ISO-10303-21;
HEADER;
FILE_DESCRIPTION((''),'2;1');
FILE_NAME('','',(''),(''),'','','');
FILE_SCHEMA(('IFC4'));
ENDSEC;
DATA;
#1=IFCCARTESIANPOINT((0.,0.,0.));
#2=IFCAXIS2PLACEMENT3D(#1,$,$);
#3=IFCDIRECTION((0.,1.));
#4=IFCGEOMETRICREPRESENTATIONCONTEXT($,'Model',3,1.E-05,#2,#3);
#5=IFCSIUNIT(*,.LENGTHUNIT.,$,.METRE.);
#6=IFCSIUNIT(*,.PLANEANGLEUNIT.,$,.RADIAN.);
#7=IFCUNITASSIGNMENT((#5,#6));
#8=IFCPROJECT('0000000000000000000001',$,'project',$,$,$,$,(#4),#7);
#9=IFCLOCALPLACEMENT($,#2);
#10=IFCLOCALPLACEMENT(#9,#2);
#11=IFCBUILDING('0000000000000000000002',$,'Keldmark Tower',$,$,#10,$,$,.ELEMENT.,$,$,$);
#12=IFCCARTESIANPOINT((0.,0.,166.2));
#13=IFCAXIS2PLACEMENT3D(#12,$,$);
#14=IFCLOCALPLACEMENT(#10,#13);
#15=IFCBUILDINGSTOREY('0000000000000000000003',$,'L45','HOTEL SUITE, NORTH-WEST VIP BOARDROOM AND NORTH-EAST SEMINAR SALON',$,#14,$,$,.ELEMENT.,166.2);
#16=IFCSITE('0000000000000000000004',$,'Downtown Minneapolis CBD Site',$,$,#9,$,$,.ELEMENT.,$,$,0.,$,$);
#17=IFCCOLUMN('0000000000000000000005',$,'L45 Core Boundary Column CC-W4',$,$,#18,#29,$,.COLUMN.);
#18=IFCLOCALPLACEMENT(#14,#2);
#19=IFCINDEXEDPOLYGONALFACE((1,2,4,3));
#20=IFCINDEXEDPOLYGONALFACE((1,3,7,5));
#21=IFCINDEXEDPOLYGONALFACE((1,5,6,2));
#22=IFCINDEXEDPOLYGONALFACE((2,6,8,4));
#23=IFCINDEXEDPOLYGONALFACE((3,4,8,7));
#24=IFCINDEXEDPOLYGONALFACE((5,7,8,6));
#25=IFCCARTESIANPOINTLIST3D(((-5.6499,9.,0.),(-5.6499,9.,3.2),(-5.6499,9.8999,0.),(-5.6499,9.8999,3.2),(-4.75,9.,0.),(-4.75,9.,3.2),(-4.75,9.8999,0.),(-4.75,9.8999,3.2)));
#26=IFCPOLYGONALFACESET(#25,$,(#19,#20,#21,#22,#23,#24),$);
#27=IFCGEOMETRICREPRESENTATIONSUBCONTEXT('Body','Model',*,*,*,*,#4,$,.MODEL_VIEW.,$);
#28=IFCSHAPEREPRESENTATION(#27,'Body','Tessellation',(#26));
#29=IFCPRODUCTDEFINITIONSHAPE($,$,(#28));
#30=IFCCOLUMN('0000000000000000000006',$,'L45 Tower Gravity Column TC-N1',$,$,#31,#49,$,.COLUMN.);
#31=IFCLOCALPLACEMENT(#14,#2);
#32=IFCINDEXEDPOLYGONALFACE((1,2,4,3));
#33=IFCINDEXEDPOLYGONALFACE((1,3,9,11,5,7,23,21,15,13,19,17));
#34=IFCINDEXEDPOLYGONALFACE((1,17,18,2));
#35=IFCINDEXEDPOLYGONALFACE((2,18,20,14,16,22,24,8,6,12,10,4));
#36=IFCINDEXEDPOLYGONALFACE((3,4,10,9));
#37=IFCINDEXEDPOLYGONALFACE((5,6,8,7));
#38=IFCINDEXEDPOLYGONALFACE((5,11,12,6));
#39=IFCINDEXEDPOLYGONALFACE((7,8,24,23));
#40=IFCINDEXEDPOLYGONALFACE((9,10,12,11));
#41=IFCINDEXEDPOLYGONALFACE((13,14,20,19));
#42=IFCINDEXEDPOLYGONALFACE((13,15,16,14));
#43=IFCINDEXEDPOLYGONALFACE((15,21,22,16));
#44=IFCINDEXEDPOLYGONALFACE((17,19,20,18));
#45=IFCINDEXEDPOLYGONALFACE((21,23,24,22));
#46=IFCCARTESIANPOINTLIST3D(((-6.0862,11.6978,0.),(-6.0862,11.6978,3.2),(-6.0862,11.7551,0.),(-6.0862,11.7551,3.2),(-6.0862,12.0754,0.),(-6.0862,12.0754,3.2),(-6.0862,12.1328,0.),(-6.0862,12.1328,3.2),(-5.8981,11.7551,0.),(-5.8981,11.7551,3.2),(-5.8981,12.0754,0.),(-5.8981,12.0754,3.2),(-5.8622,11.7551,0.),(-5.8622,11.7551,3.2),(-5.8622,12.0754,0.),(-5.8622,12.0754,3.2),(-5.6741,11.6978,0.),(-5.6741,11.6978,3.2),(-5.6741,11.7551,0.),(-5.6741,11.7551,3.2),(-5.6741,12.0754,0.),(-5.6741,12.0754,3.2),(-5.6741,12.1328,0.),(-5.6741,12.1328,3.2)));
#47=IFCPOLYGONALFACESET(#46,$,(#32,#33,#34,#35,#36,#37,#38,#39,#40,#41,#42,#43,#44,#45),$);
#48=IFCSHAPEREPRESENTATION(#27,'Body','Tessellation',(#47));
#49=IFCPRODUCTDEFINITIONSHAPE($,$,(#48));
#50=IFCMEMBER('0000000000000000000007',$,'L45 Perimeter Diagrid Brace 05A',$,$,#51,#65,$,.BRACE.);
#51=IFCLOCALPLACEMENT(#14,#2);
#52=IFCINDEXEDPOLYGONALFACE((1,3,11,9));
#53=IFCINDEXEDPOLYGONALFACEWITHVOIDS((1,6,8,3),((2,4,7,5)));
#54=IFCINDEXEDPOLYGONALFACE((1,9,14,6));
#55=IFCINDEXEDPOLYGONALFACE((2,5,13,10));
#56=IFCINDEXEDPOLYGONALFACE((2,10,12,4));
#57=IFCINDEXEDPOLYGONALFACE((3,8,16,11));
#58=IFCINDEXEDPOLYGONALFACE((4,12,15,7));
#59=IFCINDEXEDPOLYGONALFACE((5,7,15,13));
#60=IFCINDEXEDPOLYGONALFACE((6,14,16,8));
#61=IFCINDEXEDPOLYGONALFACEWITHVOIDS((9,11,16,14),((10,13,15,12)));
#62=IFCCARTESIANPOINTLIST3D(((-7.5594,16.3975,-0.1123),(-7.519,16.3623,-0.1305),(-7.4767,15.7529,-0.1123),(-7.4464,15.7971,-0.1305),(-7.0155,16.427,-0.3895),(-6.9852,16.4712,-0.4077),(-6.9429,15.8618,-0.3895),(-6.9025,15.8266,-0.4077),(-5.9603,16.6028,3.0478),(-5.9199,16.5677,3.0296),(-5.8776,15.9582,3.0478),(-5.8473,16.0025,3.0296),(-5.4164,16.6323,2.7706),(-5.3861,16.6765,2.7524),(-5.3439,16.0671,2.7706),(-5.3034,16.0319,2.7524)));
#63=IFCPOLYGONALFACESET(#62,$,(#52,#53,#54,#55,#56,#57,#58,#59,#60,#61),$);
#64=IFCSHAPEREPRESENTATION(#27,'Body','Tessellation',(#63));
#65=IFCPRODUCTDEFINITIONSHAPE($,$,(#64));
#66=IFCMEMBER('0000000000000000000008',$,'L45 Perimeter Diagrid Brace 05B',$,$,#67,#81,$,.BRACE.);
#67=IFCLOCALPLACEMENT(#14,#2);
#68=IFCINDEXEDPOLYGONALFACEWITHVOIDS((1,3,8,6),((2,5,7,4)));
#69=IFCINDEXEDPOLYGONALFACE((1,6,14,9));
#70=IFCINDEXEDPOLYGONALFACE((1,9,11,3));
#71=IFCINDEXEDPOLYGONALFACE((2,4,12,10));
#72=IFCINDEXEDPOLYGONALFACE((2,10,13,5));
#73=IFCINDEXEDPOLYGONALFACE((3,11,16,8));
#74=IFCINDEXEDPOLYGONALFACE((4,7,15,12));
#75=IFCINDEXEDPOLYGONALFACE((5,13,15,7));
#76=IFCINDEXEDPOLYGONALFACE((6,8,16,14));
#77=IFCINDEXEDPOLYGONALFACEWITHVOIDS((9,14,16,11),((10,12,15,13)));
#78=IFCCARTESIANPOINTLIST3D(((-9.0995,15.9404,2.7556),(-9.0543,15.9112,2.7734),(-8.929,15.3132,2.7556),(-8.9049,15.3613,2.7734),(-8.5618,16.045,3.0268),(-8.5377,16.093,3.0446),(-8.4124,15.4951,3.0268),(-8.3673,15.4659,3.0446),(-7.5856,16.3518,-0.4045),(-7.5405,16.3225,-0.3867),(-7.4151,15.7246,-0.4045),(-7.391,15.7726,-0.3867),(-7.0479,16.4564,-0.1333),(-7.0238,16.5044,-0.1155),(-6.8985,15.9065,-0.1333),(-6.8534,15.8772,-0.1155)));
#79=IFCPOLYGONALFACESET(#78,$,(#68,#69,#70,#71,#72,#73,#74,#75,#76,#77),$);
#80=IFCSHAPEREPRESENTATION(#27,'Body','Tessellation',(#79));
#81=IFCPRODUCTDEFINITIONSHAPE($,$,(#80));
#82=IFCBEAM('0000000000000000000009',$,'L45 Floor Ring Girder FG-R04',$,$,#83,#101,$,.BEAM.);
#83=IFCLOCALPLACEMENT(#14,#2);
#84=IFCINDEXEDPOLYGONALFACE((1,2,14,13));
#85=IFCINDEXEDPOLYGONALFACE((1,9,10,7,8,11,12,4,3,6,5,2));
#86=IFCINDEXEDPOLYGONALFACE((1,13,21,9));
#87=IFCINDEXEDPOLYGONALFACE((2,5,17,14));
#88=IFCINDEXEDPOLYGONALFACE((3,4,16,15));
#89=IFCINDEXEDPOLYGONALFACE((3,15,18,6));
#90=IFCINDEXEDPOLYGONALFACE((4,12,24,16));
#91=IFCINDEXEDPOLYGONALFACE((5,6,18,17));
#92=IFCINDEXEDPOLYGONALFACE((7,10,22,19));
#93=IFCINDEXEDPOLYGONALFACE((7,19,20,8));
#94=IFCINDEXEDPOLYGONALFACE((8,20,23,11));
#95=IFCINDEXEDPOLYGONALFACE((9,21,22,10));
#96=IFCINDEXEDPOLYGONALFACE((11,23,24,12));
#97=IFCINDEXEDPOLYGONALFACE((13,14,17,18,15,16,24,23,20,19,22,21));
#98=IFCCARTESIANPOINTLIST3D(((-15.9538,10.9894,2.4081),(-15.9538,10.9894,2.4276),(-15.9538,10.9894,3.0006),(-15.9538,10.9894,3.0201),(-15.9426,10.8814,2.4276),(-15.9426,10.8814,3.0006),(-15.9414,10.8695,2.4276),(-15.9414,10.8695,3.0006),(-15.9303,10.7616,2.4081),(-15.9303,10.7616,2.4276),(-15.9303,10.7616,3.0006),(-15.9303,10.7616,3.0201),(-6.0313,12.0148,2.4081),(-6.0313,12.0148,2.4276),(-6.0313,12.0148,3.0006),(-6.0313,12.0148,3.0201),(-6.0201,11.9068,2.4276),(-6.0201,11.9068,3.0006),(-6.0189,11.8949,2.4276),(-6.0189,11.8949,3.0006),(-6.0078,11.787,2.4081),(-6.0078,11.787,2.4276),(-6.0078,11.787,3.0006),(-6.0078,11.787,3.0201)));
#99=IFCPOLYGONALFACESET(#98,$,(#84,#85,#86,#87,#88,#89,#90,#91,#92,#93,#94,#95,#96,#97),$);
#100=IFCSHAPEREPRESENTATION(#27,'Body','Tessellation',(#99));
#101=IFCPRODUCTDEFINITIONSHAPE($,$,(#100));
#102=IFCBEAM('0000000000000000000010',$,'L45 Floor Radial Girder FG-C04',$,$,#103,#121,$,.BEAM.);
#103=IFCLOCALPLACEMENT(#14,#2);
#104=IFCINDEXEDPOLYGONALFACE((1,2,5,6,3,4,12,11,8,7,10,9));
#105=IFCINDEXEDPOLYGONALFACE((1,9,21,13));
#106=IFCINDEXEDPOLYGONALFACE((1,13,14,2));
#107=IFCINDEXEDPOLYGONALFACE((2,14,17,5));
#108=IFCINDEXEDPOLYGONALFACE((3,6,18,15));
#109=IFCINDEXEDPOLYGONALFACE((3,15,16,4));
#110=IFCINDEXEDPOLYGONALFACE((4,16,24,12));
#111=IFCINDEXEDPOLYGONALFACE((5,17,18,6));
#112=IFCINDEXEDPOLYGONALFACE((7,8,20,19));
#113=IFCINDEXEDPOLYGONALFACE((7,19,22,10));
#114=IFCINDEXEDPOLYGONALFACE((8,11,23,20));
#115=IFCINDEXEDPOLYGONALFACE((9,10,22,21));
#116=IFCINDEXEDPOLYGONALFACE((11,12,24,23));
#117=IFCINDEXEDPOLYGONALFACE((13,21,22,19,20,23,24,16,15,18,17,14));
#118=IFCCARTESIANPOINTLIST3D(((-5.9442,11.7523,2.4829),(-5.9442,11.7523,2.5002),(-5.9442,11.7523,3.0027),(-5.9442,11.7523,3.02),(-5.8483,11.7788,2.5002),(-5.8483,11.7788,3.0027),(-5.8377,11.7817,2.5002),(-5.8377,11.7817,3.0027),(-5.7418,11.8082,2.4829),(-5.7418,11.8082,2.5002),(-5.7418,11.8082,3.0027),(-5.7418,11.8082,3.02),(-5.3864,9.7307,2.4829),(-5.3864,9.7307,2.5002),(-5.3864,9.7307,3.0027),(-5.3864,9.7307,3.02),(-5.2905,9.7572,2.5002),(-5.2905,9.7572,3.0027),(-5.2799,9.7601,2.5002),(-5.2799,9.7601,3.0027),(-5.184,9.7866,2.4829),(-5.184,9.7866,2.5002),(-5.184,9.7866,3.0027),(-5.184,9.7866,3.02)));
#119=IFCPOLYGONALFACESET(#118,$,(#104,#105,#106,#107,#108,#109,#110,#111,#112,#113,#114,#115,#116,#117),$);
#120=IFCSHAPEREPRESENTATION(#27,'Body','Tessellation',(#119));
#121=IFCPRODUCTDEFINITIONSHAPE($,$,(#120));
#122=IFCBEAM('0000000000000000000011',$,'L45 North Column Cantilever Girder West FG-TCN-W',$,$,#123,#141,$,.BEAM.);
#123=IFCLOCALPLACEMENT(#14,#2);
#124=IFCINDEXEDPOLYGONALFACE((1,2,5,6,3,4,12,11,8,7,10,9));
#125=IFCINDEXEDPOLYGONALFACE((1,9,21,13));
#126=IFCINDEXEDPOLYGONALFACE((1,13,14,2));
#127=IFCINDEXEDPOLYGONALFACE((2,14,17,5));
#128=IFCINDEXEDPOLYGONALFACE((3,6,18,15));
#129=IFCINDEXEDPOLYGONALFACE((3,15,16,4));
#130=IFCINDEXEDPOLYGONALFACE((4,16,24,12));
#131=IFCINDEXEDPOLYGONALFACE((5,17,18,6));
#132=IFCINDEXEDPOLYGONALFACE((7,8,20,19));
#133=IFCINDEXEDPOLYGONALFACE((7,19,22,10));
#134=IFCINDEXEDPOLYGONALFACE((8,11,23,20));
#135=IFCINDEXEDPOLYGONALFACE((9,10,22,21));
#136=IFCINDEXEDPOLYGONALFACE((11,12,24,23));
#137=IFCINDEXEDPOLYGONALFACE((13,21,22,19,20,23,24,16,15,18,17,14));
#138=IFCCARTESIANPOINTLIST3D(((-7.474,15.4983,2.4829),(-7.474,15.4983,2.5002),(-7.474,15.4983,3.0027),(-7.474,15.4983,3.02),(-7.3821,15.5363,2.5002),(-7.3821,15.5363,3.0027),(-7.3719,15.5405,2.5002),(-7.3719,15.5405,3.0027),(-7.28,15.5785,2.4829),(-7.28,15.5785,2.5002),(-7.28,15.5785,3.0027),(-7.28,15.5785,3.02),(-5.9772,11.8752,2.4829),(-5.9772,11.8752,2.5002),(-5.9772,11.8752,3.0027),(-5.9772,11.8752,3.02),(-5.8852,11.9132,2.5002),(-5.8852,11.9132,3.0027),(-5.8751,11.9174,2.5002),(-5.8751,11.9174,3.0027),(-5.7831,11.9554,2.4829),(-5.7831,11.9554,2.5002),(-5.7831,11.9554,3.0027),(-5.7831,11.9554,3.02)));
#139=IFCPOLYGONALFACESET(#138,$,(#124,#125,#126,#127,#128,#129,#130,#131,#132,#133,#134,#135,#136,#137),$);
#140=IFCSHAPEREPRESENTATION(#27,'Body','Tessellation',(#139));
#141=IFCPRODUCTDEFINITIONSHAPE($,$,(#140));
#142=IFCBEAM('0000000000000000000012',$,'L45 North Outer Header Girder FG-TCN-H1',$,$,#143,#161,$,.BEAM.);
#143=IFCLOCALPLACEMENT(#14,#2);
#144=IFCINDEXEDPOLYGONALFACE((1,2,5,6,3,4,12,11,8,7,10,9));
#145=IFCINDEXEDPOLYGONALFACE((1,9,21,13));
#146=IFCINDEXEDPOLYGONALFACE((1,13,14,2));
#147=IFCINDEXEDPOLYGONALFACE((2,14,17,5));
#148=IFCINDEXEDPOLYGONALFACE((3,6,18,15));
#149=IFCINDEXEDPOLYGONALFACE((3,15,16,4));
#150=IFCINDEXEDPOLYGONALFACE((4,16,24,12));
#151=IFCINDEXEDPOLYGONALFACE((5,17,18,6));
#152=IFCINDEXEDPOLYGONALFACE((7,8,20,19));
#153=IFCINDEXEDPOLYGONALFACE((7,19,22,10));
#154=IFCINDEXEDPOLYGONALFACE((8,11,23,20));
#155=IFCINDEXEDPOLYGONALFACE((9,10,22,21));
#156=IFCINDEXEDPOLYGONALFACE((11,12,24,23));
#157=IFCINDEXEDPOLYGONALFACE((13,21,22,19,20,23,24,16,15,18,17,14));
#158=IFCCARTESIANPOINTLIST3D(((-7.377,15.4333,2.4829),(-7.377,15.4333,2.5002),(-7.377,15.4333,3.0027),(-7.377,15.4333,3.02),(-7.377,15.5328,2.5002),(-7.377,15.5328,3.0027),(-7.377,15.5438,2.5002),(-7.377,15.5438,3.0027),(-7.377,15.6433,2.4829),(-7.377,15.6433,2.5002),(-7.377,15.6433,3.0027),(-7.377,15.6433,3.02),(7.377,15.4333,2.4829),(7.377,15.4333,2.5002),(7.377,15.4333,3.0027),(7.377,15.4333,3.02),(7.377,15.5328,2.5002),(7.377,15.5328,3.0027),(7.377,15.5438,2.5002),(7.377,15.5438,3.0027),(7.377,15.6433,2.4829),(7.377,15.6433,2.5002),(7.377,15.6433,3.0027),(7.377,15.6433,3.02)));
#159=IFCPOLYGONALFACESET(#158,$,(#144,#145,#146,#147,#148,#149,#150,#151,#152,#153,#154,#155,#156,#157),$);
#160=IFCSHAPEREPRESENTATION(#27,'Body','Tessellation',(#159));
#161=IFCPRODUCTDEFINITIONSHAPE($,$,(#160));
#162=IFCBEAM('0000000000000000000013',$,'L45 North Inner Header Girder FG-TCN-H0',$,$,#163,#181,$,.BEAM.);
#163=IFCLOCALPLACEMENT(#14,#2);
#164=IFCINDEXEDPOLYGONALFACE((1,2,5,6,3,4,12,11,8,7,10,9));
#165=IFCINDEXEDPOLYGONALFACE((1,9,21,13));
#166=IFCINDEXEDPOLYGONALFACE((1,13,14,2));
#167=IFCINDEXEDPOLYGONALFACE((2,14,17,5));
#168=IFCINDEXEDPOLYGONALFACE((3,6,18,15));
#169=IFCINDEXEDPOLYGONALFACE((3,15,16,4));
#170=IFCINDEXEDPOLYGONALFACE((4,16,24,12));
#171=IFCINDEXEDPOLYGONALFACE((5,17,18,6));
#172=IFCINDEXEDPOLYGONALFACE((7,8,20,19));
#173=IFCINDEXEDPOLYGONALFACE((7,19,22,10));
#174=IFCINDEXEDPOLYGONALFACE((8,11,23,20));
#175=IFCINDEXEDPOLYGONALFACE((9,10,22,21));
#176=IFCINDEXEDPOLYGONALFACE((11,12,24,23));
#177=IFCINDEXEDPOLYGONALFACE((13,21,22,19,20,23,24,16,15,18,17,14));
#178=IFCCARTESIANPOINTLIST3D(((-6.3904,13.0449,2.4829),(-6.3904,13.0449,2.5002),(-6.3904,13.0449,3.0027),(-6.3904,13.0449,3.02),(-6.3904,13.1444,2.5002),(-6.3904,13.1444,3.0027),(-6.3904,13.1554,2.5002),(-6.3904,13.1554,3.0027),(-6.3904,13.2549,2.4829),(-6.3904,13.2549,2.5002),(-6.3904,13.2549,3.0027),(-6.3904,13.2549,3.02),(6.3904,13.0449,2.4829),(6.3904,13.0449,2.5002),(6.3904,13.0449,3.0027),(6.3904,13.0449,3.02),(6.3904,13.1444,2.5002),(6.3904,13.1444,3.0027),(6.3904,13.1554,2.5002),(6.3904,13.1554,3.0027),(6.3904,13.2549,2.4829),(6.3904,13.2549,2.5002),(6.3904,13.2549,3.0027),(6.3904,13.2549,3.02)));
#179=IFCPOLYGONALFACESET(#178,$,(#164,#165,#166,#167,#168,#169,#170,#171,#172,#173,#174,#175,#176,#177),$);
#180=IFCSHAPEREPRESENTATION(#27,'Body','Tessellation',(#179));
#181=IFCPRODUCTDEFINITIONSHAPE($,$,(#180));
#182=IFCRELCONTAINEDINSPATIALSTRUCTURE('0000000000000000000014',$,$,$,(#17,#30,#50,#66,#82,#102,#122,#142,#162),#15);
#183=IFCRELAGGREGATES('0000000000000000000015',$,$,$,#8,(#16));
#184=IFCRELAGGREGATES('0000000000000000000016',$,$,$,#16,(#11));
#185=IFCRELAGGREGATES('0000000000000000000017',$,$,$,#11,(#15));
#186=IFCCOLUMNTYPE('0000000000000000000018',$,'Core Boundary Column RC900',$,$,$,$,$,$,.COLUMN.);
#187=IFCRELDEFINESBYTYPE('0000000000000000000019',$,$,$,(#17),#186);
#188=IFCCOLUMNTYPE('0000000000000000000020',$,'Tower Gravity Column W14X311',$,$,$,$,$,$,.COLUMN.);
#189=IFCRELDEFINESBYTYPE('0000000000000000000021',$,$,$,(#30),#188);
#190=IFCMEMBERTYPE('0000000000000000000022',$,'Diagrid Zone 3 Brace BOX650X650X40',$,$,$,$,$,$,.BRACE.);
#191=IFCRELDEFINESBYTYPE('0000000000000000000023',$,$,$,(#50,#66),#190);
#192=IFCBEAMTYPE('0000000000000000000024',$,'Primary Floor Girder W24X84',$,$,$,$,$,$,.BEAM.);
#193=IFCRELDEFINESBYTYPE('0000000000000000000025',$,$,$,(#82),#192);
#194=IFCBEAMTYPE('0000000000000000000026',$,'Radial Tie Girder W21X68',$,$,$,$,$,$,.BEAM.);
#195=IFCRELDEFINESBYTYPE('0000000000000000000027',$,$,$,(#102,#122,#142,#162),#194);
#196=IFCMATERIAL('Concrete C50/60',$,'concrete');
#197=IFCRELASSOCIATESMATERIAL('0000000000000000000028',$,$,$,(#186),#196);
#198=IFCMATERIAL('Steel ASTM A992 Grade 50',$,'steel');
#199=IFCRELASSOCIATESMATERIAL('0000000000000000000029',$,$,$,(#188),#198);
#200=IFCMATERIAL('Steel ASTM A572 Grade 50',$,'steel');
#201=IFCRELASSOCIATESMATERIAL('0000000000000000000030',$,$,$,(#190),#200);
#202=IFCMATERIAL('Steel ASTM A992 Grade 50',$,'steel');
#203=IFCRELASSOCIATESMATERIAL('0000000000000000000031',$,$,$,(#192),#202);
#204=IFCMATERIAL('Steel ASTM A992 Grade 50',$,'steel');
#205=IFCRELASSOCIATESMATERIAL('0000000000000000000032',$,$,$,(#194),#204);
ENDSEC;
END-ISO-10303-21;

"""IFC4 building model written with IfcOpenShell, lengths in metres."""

from ifc_helpers import new_model, si_unit, direction, frame, origin, origin_2d, place, context, subcontext, project, spatial, rectangle, hollow_rectangle, i_section, extrude, material, material_profile, profile_set, type_object, element, save


model = new_model("IFC4")

# Units and contexts
model_context = context("Model", 3, precision=1e-05, world=origin(), true_north=direction((0.0, 1.0)))
body_context = subcontext(model_context, "Body", "Model", "MODEL_VIEW")
ifc_project = project(units=[si_unit("LENGTHUNIT", "METRE"), si_unit("PLANEANGLEUNIT", "RADIAN")], contexts=[model_context])

# Site, building, storey
site_placement = place(None, origin())
site = spatial("IfcSite", under=ifc_project, at=site_placement, Name="Downtown Minneapolis CBD Site", CompositionType="ELEMENT", RefElevation=0.0)
building_placement = place(site_placement, origin())
building = spatial("IfcBuilding", under=site, at=building_placement, Name="Keldmark Tower", CompositionType="ELEMENT")
storey_placement = place(building_placement, frame((0.0, 0.0, 166.2)))
storey = spatial("IfcBuildingStorey", under=building, at=storey_placement, Name="L45", Description="HOTEL SUITE, NORTH-WEST VIP BOARDROOM AND NORTH-EAST SEMINAR SALON", CompositionType="ELEMENT", Elevation=166.2)

# Columns
ifc_material_1 = material(Name="Concrete C50/60", Category="concrete")
ifc_material_profile_1 = material_profile(ifc_material_1, rectangle(XDim=0.8999, YDim=0.8999, at=origin_2d()), Name="RC900X900")
ifc_profile_set_1 = profile_set([ifc_material_profile_1], Name="Concrete C50/60")
column_type_1 = type_object("IfcColumnType", Name="Core Boundary Column RC900", PredefinedType="COLUMN", material=ifc_profile_set_1)
column_1_placement = place(storey_placement, frame((-5.2, 9.45, 0.0), z_axis=(0.0, 0.0, 1.0), x_axis=(1.0, 0.0, 0.0)))
element("IfcColumn", 1, at=column_1_placement, inside=storey, type_object=column_type_1, Name="L45 Core Boundary Column CC-W4", PredefinedType="COLUMN", context=body_context, shape_type="SweptSolid", body=[
    extrude(rectangle(XDim=0.8999, YDim=0.8999, at=origin_2d()), origin(), (0.0, 0.0, 1.0), 3.2),
])
ifc_material_2 = material(Name="Steel ASTM A992 Grade 50", Category="steel")
ifc_material_profile_2 = material_profile(ifc_material_2, i_section(OverallWidth=0.4121, OverallDepth=0.4351, WebThickness=0.0359, FlangeThickness=0.0574, at=origin_2d()), Name="W14X311")
ifc_profile_set_2 = profile_set([ifc_material_profile_2], Name="Steel ASTM A992 Grade 50")
column_type_2 = type_object("IfcColumnType", Name="Tower Gravity Column W14X311", PredefinedType="COLUMN", material=ifc_profile_set_2)
column_2_placement = place(storey_placement, frame((-5.8801, 11.9153, 0.0), z_axis=(0.0, 0.0, 1.0), x_axis=(1.0, 0.0, 0.0)))
element("IfcColumn", 2, at=column_2_placement, inside=storey, type_object=column_type_2, Name="L45 Tower Gravity Column TC-N1", PredefinedType="COLUMN", context=body_context, shape_type="SweptSolid", body=[
    extrude(i_section(OverallWidth=0.4121, OverallDepth=0.4351, WebThickness=0.0359, FlangeThickness=0.0574, at=origin_2d()), origin(), (0.0, 0.0, 1.0), 3.2),
])

# Members
ifc_material_3 = material(Name="Steel ASTM A572 Grade 50", Category="steel")
ifc_material_profile_3 = material_profile(ifc_material_3, hollow_rectangle(XDim=0.6499, YDim=0.6499, WallThickness=0.04, at=origin_2d()), Name="BOX650X650X40")
ifc_profile_set_3 = profile_set([ifc_material_profile_3], Name="Steel ASTM A572 Grade 50")
member_type = type_object("IfcMemberType", Name="Diagrid Zone 3 Brace BOX650X650X40", PredefinedType="BRACE", material=ifc_profile_set_3)
member_1_placement = place(storey_placement, frame((-7.231, 16.1121, -0.26), z_axis=(0.450753, 0.057875, 0.890771), x_axis=(-0.127351, 0.991858, 0.0)))
element("IfcMember", 3, at=member_1_placement, inside=storey, type_object=member_type, Name="L45 Perimeter Diagrid Brace 05A", PredefinedType="BRACE", context=body_context, shape_type="SweptSolid", body=[
    extrude(hollow_rectangle(XDim=0.6499, YDim=0.6499, WallThickness=0.04, at=origin_2d()), origin(), (0.0, 0.0, 1.0), 3.5476),
])
member_2_placement = place(storey_placement, frame((-7.2195, 16.1145, -0.26), z_axis=(-0.429098, -0.116599, 0.895701), x_axis=(0.262222, -0.965008, 0.0)))
element("IfcMember", 4, at=member_2_placement, inside=storey, type_object=member_type, Name="L45 Perimeter Diagrid Brace 05B", PredefinedType="BRACE", context=body_context, shape_type="SweptSolid", body=[
    extrude(hollow_rectangle(XDim=0.6499, YDim=0.6499, WallThickness=0.04, at=origin_2d()), origin(), (0.0, 0.0, 1.0), 3.5281),
])

# Beams
ifc_material_4 = material(Name="Steel ASTM A992 Grade 50", Category="steel")
ifc_material_profile_4 = material_profile(ifc_material_4, i_section(OverallWidth=0.229, OverallDepth=0.6121, WebThickness=0.012, FlangeThickness=0.0195, at=origin_2d()), Name="W24X84")
ifc_profile_set_4 = profile_set([ifc_material_profile_4], Name="Steel ASTM A992 Grade 50")
beam_type_1 = type_object("IfcBeamType", Name="Primary Floor Girder W24X84", PredefinedType="BEAM", material=ifc_profile_set_4)
beam_1_placement = place(storey_placement, frame((-6.0195, 11.9009, 2.7141), z_axis=(-0.994703, -0.102791, 0.0), x_axis=(0.102791, -0.994703, 0.0)))
element("IfcBeam", 5, at=beam_1_placement, inside=storey, type_object=beam_type_1, Name="L45 Floor Ring Girder FG-R04", PredefinedType="BEAM", context=body_context, shape_type="SweptSolid", body=[
    extrude(i_section(OverallWidth=0.229, OverallDepth=0.6121, WebThickness=0.012, FlangeThickness=0.0195, at=origin_2d()), origin(), (0.0, 0.0, 1.0), 9.9753),
])
ifc_material_5 = material(Name="Steel ASTM A992 Grade 50", Category="steel")
ifc_material_profile_5 = material_profile(ifc_material_5, i_section(OverallWidth=0.21, OverallDepth=0.5371, WebThickness=0.011, FlangeThickness=0.0173, at=origin_2d()), Name="W21X68")
ifc_profile_set_5 = profile_set([ifc_material_profile_5], Name="Steel ASTM A992 Grade 50")
beam_type_2 = type_object("IfcBeamType", Name="Radial Tie Girder W21X68", PredefinedType="BEAM", material=ifc_profile_set_5)
beam_2_placement = place(storey_placement, frame((-5.843, 11.7803, 2.7515), z_axis=(0.265992, -0.963975, 0.0), x_axis=(0.963975, 0.265992, 0.0)))
element("IfcBeam", 6, at=beam_2_placement, inside=storey, type_object=beam_type_2, Name="L45 Floor Radial Girder FG-C04", PredefinedType="BEAM", context=body_context, shape_type="SweptSolid", body=[
    extrude(i_section(OverallWidth=0.21, OverallDepth=0.5371, WebThickness=0.011, FlangeThickness=0.0173, at=origin_2d()), origin(), (0.0, 0.0, 1.0), 2.0972),
])
beam_3_placement = place(storey_placement, frame((-5.8801, 11.9153, 2.7515), z_axis=(-0.381836, 0.92423, 0.0), x_axis=(-0.92423, -0.381836, 0.0)))
element("IfcBeam", 7, at=beam_3_placement, inside=storey, type_object=beam_type_2, Name="L45 North Column Cantilever Girder West FG-TCN-W", PredefinedType="BEAM", context=body_context, shape_type="SweptSolid", body=[
    extrude(i_section(OverallWidth=0.21, OverallDepth=0.5371, WebThickness=0.011, FlangeThickness=0.0173, at=origin_2d()), origin(), (0.0, 0.0, 1.0), 3.9202),
])
beam_4_placement = place(storey_placement, frame((-7.377, 15.5383, 2.7515), z_axis=(1.0, 0.0, 0.0), x_axis=(0.0, 1.0, 0.0)))
element("IfcBeam", 8, at=beam_4_placement, inside=storey, type_object=beam_type_2, Name="L45 North Outer Header Girder FG-TCN-H1", PredefinedType="BEAM", context=body_context, shape_type="SweptSolid", body=[
    extrude(i_section(OverallWidth=0.21, OverallDepth=0.5371, WebThickness=0.011, FlangeThickness=0.0173, at=origin_2d()), origin(), (0.0, 0.0, 1.0), 14.7539),
])
beam_5_placement = place(storey_placement, frame((-6.3904, 13.1499, 2.7515), z_axis=(1.0, 0.0, 0.0), x_axis=(0.0, 1.0, 0.0)))
element("IfcBeam", 9, at=beam_5_placement, inside=storey, type_object=beam_type_2, Name="L45 North Inner Header Girder FG-TCN-H0", PredefinedType="BEAM", context=body_context, shape_type="SweptSolid", body=[
    extrude(i_section(OverallWidth=0.21, OverallDepth=0.5371, WebThickness=0.011, FlangeThickness=0.0173, at=origin_2d()), origin(), (0.0, 0.0, 1.0), 12.7808),
])

save(model, "model.ifc")
